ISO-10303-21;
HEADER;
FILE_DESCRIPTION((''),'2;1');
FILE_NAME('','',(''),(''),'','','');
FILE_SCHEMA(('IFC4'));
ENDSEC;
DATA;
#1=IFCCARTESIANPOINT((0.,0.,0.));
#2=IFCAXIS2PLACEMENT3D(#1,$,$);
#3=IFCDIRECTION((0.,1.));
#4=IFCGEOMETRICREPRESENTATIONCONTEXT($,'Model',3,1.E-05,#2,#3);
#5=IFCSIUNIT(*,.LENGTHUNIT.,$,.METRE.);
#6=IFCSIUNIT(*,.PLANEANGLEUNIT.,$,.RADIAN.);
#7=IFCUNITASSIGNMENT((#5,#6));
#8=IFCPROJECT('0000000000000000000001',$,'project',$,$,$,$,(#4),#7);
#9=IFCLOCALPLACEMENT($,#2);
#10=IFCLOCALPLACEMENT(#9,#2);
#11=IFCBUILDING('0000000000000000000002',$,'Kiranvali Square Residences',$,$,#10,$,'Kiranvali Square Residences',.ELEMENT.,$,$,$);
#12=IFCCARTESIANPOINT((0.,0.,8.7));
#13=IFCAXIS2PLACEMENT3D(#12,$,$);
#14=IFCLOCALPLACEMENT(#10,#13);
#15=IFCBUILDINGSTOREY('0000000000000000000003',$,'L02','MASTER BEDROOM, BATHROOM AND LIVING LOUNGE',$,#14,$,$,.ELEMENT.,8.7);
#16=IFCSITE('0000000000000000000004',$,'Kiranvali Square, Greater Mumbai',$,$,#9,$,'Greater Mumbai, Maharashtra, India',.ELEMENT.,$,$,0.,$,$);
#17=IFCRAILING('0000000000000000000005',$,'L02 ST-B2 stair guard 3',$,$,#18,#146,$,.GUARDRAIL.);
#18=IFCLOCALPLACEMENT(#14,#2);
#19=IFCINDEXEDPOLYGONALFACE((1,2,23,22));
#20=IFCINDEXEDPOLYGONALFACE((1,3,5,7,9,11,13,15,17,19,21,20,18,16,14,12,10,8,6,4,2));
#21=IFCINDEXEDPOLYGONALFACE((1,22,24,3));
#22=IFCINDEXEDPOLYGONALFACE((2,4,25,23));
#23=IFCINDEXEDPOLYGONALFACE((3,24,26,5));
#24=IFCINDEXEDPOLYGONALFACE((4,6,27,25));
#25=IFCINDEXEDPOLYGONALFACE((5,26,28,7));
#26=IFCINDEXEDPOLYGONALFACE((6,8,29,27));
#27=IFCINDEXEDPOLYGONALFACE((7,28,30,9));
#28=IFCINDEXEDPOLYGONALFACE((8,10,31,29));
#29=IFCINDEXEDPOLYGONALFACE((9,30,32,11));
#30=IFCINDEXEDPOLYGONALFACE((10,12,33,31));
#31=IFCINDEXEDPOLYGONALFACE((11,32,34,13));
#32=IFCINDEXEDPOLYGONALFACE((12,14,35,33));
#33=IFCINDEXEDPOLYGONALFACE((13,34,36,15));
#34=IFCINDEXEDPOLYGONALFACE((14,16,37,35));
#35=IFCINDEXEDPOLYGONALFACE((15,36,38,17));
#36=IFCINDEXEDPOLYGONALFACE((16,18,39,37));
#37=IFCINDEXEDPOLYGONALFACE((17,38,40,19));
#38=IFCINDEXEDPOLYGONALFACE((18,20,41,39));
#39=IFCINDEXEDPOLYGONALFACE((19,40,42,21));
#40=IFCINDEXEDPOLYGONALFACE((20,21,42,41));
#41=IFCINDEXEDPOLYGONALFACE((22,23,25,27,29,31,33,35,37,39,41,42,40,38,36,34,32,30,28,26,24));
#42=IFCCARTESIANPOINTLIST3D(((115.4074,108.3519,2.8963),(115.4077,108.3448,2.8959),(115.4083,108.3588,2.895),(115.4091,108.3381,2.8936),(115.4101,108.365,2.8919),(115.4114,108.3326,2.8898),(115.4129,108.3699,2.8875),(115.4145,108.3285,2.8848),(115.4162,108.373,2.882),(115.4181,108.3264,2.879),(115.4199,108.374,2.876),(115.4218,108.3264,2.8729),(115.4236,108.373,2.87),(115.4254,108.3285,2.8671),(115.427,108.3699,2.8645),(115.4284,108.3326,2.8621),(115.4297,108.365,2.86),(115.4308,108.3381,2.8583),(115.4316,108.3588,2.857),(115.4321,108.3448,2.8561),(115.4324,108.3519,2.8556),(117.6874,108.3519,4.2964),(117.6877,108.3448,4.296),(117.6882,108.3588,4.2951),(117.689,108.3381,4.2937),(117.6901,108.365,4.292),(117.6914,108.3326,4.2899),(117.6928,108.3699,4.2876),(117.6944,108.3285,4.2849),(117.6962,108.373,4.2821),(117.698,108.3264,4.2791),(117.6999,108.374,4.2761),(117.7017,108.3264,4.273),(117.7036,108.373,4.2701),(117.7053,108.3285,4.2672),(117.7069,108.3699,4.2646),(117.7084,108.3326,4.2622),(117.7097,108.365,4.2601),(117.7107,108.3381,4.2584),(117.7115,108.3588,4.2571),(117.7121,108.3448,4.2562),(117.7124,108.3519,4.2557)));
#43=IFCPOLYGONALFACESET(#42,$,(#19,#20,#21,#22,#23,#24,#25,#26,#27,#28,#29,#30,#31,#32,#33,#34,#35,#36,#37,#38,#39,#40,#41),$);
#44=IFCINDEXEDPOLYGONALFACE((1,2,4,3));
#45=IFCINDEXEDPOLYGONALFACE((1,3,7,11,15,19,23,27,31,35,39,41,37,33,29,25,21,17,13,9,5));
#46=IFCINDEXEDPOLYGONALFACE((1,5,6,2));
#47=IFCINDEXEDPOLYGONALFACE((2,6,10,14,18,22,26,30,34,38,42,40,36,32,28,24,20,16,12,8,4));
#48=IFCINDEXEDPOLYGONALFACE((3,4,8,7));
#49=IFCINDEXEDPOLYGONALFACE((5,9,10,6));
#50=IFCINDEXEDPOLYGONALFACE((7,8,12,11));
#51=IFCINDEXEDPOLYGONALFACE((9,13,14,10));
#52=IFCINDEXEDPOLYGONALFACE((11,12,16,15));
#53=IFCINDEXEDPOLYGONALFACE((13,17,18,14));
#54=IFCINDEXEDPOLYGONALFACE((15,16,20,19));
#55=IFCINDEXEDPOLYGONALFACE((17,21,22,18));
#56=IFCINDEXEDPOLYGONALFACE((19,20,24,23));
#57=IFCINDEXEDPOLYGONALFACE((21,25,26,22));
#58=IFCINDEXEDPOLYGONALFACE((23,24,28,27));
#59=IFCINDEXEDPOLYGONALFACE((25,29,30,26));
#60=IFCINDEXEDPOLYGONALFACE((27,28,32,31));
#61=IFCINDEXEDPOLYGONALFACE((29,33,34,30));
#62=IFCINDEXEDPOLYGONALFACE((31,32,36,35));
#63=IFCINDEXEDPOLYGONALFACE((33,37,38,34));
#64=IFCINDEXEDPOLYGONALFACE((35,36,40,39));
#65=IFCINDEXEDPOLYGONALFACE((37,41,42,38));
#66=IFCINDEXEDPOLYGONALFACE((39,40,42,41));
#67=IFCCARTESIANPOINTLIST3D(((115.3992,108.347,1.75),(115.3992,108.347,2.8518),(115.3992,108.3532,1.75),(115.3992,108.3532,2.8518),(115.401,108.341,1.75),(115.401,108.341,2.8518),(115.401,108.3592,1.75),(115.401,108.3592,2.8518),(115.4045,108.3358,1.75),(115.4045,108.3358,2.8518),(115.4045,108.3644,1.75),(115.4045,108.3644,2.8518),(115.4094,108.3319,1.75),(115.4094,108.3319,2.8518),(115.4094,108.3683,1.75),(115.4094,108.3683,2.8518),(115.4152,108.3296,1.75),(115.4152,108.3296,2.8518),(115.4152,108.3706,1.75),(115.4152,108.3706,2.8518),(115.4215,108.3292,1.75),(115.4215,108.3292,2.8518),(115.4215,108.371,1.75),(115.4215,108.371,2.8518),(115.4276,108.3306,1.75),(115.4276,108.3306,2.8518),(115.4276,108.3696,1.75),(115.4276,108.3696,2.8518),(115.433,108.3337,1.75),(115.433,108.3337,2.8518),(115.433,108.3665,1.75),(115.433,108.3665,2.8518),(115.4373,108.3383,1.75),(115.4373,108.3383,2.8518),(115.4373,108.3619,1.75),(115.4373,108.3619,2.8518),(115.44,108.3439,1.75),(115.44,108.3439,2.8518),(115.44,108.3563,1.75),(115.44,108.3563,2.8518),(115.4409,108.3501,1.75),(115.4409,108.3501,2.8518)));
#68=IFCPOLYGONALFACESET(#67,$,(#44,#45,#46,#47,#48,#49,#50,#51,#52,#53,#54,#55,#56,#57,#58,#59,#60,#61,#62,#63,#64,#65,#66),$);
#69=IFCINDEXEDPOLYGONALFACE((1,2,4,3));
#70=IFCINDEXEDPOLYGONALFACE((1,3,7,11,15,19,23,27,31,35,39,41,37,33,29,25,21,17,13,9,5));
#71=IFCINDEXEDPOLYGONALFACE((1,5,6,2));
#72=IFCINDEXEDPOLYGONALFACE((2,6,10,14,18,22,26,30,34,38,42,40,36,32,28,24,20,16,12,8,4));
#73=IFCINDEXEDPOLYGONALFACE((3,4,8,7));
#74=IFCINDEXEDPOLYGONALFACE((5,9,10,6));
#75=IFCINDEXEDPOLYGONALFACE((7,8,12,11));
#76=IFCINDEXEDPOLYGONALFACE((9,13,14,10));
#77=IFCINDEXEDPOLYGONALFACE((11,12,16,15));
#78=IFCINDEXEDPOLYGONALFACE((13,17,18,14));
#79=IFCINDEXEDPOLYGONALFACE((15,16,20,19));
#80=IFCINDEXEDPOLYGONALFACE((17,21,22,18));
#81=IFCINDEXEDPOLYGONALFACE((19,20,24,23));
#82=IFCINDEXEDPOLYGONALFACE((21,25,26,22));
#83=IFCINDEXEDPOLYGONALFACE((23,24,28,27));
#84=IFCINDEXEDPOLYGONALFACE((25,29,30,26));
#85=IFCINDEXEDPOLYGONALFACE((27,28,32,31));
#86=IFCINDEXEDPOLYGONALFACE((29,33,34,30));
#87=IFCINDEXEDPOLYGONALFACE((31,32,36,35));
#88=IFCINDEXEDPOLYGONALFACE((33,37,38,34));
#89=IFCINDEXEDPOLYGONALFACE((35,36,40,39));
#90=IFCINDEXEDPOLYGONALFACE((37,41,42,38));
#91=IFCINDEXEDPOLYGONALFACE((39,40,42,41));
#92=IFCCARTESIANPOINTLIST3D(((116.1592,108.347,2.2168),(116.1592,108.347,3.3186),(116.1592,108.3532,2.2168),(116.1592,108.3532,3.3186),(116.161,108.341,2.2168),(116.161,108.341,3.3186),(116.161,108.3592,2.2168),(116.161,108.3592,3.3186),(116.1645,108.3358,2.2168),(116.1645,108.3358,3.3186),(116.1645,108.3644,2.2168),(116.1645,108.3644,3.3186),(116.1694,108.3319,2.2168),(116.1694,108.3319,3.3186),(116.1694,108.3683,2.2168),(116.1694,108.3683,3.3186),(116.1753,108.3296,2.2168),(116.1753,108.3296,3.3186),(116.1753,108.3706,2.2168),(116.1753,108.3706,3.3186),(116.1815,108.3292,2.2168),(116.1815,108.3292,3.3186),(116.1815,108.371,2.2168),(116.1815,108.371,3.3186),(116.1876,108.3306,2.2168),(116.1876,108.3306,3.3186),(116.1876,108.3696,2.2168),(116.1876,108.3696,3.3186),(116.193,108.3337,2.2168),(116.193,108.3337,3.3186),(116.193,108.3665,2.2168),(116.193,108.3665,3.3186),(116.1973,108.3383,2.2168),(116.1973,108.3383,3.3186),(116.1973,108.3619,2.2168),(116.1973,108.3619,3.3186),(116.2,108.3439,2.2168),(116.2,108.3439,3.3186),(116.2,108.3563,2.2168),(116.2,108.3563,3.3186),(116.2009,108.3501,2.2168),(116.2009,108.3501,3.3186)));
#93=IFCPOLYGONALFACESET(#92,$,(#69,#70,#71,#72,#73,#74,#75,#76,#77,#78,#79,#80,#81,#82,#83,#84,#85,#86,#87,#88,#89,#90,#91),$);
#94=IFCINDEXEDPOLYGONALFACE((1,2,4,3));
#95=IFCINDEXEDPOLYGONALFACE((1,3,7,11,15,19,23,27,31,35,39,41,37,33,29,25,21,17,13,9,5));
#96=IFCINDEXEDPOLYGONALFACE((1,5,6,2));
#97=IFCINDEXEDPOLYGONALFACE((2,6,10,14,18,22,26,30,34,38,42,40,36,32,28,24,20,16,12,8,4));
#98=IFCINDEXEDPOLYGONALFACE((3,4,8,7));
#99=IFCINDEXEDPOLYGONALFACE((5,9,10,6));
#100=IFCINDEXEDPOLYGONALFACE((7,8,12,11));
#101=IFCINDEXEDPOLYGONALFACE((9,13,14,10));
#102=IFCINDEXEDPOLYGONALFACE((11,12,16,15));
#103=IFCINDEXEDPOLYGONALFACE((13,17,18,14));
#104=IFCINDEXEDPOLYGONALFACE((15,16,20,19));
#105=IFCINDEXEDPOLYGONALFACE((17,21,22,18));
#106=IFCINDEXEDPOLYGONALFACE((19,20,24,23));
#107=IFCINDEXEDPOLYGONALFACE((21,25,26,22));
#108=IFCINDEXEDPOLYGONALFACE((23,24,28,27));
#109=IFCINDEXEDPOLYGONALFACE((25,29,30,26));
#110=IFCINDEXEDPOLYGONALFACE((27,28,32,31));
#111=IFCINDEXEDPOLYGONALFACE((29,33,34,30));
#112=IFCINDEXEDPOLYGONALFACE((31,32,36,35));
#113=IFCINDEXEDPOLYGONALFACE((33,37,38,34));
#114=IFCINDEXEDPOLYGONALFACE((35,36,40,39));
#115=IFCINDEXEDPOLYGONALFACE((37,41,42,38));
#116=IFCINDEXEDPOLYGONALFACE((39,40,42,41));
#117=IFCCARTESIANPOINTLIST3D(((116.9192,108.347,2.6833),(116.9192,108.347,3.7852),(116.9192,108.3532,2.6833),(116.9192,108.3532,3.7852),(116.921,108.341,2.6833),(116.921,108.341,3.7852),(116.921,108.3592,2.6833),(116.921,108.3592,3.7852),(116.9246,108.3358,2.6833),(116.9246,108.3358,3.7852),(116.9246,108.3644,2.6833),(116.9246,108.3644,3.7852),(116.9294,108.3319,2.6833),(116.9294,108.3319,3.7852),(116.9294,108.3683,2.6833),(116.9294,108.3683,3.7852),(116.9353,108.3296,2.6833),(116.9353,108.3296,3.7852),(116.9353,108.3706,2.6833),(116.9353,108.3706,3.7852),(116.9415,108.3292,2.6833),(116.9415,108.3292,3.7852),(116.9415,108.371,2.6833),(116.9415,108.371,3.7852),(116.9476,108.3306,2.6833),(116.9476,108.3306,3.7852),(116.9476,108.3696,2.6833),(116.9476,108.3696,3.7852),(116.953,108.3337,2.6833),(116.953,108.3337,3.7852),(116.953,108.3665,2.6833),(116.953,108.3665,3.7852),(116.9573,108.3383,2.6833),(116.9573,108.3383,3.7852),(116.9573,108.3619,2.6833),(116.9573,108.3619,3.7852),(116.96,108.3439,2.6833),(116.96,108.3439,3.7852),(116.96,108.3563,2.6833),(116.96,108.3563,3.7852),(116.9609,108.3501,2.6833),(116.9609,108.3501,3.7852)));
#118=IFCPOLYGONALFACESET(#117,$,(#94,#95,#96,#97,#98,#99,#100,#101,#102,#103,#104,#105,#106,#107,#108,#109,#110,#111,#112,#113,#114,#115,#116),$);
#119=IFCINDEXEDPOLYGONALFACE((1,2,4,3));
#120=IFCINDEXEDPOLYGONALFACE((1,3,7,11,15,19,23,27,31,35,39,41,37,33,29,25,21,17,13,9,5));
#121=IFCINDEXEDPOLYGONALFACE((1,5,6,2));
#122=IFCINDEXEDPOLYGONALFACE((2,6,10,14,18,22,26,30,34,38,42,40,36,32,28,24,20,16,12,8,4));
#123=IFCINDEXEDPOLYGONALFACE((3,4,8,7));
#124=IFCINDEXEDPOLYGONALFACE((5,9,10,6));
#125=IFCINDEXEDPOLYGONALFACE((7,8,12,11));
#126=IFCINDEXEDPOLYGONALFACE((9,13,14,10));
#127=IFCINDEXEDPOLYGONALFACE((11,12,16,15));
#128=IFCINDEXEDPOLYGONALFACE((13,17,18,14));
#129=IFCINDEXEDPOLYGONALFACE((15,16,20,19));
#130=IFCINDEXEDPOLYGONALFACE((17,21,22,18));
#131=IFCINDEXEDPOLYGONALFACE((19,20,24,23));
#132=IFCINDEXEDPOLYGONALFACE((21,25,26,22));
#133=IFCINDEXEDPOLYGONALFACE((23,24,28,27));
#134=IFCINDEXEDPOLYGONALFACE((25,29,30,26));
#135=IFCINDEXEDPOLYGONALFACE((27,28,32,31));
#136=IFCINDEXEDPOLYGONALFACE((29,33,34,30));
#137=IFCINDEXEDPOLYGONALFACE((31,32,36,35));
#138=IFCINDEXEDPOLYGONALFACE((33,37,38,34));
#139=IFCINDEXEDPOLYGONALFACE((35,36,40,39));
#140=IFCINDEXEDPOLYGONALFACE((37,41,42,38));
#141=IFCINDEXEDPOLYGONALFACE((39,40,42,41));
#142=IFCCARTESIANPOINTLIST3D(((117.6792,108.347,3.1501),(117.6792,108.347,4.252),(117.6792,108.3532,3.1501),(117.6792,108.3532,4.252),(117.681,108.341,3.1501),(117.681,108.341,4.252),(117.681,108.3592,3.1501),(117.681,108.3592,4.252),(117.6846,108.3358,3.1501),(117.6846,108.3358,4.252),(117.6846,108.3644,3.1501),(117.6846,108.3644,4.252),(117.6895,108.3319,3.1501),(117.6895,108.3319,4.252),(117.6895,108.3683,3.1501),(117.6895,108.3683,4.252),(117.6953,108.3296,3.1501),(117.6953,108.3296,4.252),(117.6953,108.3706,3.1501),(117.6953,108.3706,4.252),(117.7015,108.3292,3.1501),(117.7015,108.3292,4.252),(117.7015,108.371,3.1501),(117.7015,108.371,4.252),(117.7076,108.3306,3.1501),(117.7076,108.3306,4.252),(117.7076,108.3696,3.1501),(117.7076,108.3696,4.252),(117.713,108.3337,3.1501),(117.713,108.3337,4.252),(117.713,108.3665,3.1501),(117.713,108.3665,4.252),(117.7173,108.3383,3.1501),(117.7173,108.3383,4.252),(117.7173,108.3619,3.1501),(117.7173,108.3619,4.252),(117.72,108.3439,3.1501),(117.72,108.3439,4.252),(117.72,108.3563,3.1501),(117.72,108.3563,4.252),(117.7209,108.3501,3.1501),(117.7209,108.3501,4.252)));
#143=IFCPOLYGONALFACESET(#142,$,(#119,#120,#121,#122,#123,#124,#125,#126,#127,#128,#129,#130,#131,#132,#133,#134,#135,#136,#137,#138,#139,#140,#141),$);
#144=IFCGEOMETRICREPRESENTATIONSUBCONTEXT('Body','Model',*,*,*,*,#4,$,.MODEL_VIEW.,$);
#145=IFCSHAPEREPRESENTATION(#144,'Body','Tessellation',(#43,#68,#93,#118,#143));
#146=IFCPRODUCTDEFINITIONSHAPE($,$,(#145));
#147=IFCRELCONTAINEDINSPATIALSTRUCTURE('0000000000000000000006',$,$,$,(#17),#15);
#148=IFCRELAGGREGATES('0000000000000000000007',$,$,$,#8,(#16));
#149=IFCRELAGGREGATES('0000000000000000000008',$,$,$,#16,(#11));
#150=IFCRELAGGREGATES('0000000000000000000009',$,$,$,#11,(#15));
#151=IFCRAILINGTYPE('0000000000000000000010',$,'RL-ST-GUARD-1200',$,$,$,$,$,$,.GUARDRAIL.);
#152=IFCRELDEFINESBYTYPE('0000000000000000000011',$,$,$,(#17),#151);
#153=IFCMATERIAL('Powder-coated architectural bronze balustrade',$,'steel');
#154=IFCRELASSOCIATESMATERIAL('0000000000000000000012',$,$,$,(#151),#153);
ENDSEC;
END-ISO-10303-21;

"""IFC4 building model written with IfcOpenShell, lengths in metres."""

from ifc_helpers import new_model, si_unit, direction, frame, origin, origin_2d, place, context, subcontext, project, spatial, circle, extrude, material, type_object, element, save


model = new_model("IFC4")

# Units and contexts
model_context = context("Model", 3, precision=1e-05, world=origin(), true_north=direction((0.0, 1.0)))
body_context = subcontext(model_context, "Body", "Model", "MODEL_VIEW")
ifc_project = project(units=[si_unit("LENGTHUNIT", "METRE"), si_unit("PLANEANGLEUNIT", "RADIAN")], contexts=[model_context])

# Site, building, storey
site_placement = place(None, origin())
site = spatial("IfcSite", under=ifc_project, at=site_placement, Name="Kiranvali Square, Greater Mumbai", LongName="Greater Mumbai, Maharashtra, India", CompositionType="ELEMENT", RefElevation=0.0)
building_placement = place(site_placement, origin())
building = spatial("IfcBuilding", under=site, at=building_placement, Name="Kiranvali Square Residences", LongName="Kiranvali Square Residences", CompositionType="ELEMENT")
storey_placement = place(building_placement, frame((0.0, 0.0, 8.7)))
storey = spatial("IfcBuildingStorey", under=building, at=storey_placement, Name="L02", Description="MASTER BEDROOM, BATHROOM AND LIVING LOUNGE", CompositionType="ELEMENT", Elevation=8.7)

# Railing
ifc_material_1 = material(Name="Powder-coated architectural bronze balustrade", Category="steel")
railing_type_1 = type_object("IfcRailingType", Name="RL-ST-GUARD-1200", PredefinedType="GUARDRAIL", material=ifc_material_1)
railing_1_placement = place(storey_placement, frame((115.4199, 108.3501, 1.75)))
element("IfcRailing", 1, at=railing_1_placement, inside=storey, type_object=railing_type_1, Name="L02 ST-B2 stair guard 3", PredefinedType="GUARDRAIL", context=body_context, shape_type="SweptSolid", body=[
    extrude(circle(Radius=0.0239, at=origin_2d()), frame((0.0, 0.0, 1.126), z_axis=(0.85215, 0.0, 0.523298), x_axis=(0.0, 1.0, 0.0)), (0.0, 0.0, 1.0), 2.6755),
    extrude(circle(Radius=0.021, at=origin_2d()), origin(), (0.0, 0.0, 1.0), 1.1018),
    extrude(circle(Radius=0.021, at=origin_2d()), frame((0.76, 0.0, 0.4668)), (0.0, 0.0, 1.0), 1.1018),
    extrude(circle(Radius=0.021, at=origin_2d()), frame((1.52, 0.0, 0.9333)), (0.0, 0.0, 1.0), 1.1018),
    extrude(circle(Radius=0.021, at=origin_2d()), frame((2.28, 0.0, 1.4001)), (0.0, 0.0, 1.0), 1.1018),
])

save(model, "model.ifc")
